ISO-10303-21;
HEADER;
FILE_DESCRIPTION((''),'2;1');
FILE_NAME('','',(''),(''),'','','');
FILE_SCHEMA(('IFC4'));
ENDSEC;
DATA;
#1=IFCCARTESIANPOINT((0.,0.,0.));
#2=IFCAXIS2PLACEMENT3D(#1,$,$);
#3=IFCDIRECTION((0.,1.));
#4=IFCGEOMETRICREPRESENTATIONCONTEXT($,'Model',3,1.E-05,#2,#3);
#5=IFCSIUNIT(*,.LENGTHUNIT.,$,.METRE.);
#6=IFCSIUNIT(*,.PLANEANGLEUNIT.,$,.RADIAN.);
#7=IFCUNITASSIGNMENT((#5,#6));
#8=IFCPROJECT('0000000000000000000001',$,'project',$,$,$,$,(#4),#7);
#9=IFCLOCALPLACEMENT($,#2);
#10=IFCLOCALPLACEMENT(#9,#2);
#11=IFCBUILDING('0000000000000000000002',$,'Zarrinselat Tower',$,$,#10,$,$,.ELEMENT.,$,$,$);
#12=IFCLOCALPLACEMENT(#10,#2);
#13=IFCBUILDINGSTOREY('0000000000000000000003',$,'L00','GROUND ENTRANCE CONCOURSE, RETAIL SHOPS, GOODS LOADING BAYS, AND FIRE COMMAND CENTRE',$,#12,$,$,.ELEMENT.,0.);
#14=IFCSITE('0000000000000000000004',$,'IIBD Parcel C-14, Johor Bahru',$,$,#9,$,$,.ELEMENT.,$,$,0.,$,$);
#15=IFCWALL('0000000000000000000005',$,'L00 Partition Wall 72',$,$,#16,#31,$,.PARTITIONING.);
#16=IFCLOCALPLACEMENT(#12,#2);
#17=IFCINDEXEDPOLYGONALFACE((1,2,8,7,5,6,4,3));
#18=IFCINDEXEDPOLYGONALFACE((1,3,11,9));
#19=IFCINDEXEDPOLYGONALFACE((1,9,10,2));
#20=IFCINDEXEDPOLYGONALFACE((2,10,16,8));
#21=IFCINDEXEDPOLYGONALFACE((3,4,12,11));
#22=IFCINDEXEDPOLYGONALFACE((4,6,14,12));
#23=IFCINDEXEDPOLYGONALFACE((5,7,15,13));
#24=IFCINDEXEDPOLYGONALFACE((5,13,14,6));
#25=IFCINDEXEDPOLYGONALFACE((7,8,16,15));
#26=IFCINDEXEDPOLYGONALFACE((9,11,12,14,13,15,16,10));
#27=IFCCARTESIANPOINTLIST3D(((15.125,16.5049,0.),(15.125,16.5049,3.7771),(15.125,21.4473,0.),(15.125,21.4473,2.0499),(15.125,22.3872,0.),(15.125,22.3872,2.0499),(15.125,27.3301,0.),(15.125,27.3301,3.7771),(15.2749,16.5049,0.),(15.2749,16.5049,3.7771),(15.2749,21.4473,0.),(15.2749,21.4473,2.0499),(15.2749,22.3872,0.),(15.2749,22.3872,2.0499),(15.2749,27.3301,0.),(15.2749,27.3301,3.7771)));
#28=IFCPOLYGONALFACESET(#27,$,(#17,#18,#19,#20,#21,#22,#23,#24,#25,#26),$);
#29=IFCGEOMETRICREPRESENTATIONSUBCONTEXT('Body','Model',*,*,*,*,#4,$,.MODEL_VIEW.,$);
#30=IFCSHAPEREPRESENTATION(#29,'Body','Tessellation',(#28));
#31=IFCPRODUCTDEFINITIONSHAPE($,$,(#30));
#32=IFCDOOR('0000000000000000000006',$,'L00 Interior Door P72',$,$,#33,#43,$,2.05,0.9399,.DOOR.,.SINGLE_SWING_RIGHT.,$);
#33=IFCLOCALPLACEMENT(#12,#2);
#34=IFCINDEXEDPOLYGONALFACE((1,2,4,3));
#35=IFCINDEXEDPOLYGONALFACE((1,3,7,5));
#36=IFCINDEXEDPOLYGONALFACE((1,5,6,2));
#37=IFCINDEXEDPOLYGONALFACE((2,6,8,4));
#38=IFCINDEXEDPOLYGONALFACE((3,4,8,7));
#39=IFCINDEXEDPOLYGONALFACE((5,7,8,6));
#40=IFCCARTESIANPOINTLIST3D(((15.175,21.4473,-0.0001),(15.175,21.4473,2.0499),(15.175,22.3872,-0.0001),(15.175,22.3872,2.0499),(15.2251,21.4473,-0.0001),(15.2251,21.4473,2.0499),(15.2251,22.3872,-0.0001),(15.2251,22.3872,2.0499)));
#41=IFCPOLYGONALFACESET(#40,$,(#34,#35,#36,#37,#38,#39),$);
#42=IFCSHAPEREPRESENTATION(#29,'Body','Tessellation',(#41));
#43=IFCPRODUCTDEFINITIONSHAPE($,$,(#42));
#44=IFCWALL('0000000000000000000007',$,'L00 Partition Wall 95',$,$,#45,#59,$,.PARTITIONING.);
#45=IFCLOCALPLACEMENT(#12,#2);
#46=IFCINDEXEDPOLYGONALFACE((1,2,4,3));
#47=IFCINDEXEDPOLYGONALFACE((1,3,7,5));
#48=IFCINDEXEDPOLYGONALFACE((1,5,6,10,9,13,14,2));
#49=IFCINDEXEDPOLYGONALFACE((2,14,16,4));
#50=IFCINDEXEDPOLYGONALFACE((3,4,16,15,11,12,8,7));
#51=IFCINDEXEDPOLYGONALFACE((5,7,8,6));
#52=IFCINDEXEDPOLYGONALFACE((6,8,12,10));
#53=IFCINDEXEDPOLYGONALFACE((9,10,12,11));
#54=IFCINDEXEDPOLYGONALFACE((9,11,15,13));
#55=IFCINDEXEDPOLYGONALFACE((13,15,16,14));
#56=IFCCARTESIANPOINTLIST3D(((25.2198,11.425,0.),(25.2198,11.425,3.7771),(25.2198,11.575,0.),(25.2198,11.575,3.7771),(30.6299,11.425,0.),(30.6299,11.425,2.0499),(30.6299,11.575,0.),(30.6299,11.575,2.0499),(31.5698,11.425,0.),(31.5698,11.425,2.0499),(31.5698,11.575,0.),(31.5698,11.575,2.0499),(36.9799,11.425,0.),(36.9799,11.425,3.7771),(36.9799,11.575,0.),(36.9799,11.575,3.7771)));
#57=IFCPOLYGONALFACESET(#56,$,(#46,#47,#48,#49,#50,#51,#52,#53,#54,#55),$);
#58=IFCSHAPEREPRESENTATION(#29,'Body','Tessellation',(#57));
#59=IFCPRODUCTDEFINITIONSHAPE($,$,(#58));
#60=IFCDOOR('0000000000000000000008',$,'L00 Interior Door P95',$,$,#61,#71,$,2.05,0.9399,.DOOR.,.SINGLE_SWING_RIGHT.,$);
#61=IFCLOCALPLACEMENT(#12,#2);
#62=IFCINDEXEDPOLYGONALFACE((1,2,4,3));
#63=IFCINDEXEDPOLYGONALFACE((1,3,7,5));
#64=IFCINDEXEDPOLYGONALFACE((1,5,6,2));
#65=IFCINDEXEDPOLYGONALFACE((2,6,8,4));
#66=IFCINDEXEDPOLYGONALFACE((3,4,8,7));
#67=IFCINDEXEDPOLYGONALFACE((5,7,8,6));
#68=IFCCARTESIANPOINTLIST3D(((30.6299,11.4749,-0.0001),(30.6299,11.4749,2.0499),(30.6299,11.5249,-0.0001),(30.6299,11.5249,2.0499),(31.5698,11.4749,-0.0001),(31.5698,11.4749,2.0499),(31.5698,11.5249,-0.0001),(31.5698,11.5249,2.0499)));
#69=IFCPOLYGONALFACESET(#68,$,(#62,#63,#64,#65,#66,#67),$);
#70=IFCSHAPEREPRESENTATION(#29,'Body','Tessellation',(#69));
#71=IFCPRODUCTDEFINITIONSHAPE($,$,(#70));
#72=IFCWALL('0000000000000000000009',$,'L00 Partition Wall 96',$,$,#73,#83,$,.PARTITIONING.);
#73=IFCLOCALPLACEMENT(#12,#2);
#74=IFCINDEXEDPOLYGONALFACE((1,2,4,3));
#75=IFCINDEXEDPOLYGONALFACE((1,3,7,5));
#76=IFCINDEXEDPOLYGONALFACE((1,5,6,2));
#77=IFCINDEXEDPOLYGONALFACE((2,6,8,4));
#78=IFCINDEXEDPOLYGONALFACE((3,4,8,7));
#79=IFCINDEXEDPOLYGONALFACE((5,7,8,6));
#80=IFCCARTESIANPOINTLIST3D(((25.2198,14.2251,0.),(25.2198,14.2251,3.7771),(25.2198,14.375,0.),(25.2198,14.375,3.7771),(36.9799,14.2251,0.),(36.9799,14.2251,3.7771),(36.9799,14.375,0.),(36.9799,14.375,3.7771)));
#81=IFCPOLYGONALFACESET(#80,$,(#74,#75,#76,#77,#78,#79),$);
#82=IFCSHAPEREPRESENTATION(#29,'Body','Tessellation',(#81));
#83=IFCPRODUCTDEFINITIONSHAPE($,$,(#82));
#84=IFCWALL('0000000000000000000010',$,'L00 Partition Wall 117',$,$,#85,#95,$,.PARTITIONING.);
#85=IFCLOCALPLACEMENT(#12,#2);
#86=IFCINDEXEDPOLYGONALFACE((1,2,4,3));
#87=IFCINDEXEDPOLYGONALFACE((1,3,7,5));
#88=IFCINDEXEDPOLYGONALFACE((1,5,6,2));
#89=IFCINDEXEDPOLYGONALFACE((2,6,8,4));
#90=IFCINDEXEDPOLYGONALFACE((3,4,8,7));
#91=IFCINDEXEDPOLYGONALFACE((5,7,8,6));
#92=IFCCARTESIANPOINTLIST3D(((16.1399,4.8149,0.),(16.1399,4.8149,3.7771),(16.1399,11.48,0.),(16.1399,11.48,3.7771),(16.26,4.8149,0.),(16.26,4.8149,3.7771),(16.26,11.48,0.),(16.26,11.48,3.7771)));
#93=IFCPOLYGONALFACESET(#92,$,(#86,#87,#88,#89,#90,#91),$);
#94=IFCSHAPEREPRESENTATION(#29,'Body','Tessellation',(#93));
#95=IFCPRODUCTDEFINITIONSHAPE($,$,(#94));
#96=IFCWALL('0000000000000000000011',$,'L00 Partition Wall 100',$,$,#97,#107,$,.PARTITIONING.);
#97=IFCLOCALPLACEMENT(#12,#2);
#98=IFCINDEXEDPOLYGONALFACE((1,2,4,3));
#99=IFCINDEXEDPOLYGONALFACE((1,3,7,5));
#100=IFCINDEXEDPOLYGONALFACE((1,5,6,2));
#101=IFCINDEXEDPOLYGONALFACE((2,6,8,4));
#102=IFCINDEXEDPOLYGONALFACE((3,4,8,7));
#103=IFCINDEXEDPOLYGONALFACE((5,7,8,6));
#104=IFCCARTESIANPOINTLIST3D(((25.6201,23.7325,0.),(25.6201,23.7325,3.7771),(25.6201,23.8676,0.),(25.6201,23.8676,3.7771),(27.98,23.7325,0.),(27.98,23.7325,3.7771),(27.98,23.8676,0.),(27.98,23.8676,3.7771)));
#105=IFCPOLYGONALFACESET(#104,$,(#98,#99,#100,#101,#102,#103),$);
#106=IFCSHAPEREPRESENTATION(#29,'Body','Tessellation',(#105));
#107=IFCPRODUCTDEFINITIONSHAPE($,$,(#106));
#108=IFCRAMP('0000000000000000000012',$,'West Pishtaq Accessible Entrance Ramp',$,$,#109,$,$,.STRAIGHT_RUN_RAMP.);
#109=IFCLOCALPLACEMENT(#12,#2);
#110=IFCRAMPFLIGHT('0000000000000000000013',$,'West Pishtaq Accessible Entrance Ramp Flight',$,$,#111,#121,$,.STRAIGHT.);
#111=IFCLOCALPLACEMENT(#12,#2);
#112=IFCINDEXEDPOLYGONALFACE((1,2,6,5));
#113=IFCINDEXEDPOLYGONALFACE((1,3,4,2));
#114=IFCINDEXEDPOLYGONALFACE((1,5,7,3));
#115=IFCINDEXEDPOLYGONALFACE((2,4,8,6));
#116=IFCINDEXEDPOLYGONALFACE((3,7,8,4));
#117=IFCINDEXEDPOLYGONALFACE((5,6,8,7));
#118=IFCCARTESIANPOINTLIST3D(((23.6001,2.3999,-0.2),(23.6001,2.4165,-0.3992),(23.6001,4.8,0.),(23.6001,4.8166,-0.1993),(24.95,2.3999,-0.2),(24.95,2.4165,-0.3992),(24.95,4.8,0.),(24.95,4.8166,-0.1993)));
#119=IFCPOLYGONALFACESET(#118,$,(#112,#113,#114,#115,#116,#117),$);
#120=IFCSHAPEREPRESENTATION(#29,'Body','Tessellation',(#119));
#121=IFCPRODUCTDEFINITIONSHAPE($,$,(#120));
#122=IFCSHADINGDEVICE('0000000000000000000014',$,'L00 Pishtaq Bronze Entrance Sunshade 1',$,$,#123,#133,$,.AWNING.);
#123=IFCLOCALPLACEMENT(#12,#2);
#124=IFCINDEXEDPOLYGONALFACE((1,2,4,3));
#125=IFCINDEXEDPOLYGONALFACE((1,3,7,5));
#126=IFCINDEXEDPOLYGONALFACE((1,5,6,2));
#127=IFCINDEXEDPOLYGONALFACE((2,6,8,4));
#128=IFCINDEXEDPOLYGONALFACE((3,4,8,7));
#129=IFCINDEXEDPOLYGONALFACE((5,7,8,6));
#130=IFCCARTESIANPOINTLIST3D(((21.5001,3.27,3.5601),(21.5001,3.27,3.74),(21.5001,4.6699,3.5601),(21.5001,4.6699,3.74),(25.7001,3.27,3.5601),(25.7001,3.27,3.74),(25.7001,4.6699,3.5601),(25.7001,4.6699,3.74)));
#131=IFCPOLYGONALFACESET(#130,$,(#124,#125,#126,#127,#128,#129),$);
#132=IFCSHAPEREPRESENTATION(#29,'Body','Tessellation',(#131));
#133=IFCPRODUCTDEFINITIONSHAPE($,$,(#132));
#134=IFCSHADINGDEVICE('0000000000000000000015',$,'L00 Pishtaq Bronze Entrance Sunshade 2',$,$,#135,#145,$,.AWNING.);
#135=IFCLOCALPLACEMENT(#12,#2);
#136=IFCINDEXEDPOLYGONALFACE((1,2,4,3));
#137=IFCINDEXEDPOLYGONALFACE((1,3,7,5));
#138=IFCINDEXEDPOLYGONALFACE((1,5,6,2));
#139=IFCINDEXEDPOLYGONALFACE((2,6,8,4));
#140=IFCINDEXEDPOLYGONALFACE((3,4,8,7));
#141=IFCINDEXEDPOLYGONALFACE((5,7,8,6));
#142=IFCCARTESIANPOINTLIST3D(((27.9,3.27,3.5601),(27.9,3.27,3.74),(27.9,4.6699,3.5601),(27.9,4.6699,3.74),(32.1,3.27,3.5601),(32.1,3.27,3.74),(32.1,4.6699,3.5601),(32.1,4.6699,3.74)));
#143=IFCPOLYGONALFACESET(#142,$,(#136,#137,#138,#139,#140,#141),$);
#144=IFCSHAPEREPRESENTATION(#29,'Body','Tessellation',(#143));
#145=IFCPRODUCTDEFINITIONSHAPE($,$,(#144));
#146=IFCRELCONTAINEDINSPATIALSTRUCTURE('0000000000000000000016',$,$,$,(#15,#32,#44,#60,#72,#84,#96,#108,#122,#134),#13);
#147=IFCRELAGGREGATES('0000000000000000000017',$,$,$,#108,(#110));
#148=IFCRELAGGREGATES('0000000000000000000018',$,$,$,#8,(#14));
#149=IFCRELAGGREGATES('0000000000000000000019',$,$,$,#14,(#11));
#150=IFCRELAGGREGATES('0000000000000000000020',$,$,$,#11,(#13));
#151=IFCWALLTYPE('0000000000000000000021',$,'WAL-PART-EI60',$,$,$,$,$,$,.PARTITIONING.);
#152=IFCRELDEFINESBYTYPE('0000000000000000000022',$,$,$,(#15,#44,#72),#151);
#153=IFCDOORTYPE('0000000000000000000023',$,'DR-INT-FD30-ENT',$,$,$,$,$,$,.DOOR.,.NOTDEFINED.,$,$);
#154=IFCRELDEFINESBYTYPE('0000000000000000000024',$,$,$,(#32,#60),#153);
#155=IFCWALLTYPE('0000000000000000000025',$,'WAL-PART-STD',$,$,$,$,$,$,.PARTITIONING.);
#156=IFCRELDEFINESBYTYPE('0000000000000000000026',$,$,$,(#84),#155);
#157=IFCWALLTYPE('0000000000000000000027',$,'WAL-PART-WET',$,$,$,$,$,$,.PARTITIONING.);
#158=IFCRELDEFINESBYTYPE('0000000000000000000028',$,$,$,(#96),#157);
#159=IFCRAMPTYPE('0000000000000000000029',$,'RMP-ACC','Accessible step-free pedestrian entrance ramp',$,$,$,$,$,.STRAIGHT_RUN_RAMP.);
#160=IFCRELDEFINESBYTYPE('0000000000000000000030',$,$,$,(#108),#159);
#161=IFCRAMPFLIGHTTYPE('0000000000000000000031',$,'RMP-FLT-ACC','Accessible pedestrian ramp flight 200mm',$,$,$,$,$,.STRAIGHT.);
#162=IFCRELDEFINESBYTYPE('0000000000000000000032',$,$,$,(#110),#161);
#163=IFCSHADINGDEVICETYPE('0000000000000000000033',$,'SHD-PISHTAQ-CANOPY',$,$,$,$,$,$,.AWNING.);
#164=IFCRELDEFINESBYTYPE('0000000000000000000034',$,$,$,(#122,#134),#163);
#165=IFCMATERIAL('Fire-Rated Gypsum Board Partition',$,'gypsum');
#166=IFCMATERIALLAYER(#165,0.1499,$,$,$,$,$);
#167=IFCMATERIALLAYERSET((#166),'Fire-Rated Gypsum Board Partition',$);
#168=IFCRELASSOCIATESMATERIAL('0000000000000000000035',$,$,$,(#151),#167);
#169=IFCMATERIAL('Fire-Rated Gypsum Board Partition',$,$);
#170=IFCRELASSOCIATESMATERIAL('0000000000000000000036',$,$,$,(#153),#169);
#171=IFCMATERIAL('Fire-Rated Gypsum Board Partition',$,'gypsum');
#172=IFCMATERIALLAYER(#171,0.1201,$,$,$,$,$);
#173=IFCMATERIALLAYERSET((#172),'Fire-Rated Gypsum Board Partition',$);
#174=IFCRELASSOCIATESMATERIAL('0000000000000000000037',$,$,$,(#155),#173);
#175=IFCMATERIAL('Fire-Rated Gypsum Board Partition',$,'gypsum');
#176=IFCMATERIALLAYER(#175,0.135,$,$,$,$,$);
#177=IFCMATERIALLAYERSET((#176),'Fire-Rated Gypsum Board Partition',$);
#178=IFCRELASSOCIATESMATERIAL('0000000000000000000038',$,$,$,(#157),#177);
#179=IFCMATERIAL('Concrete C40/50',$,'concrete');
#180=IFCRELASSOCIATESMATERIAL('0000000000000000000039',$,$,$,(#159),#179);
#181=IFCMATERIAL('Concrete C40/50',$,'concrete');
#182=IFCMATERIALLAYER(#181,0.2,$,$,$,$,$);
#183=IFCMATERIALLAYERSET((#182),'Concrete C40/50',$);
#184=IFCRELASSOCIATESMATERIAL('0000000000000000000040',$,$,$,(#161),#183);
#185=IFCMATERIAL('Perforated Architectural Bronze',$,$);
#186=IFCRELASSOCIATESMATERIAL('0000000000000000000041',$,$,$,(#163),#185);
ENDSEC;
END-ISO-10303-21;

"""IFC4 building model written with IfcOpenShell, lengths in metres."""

from ifc_helpers import new_model, si_unit, direction, frame, frame_2d, origin, origin_2d, place, context, subcontext, project, spatial, polyline, rectangle, outline, extrude, material, layer, layer_set, type_object, element, fill, aggregate, save


model = new_model("IFC4")

# Units and contexts
model_context = context("Model", 3, precision=1e-05, world=origin(), true_north=direction((0.0, 1.0)))
body_context = subcontext(model_context, "Body", "Model", "MODEL_VIEW")
ifc_project = project(units=[si_unit("LENGTHUNIT", "METRE"), si_unit("PLANEANGLEUNIT", "RADIAN")], contexts=[model_context])

# Site, building, storey
site_placement = place(None, origin())
site = spatial("IfcSite", under=ifc_project, at=site_placement, Name="IIBD Parcel C-14, Johor Bahru", CompositionType="ELEMENT", RefElevation=0.0)
building_placement = place(site_placement, origin())
building = spatial("IfcBuilding", under=site, at=building_placement, Name="Zarrinselat Tower", CompositionType="ELEMENT")
storey_placement = place(building_placement, origin())
storey = spatial("IfcBuildingStorey", under=building, at=storey_placement, Name="L00", Description="GROUND ENTRANCE CONCOURSE, RETAIL SHOPS, GOODS LOADING BAYS, AND FIRE COMMAND CENTRE", CompositionType="ELEMENT", Elevation=0.0)

# Shared definitions
ifc_material_1 = material(Name="Fire-Rated Gypsum Board Partition", Category="gypsum")
ifc_layer_1 = layer(ifc_material_1, 0.1499)
ifc_layer_set_1 = layer_set([ifc_layer_1], Name="Fire-Rated Gypsum Board Partition")
wall_type_1 = type_object("IfcWallType", Name="WAL-PART-EI60", PredefinedType="PARTITIONING", material=ifc_layer_set_1)

# Shared definitions
ifc_material_2 = material(Name="Fire-Rated Gypsum Board Partition")
door_type = type_object("IfcDoorType", Name="DR-INT-FD30-ENT", OperationType="NOTDEFINED", PredefinedType="DOOR", material=ifc_material_2)

# Walls, openings, doors
wall_1_placement = place(storey_placement, frame((15.2, 16.5049, 0.0), z_axis=(0.0, 0.0, 1.0), x_axis=(0.0, 1.0, 0.0)))
wall_1 = element("IfcWall", 1, at=wall_1_placement, inside=storey, type_object=wall_type_1, Name="L00 Partition Wall 72", PredefinedType="PARTITIONING", context=body_context, shape_type="SweptSolid", body=[
    extrude(rectangle(XDim=10.8252, YDim=0.1499, at=frame_2d((5.4126, 0.0))), origin(), (0.0, 0.0, 1.0), 3.7771),
])
opening_1_placement = place(wall_1_placement, frame((4.9424, 0.0, 0.0)))
opening_1 = element("IfcOpeningElement", 2, at=opening_1_placement, cuts=wall_1, PredefinedType="OPENING", context=body_context, shape_type="SweptSolid", body=[
    extrude(rectangle(XDim=0.9399, YDim=2.05, at=frame_2d((0.47, 1.0249))), frame((0.0, 0.085, 0.0), z_axis=(0.0, -1.0, 0.0), x_axis=(1.0, 0.0, 0.0)), (0.0, 0.0, 1.0), 0.1699),
])
door_1_placement = place(opening_1_placement, origin())
door_1 = element("IfcDoor", 3, at=door_1_placement, inside=storey, type_object=door_type, Name="L00 Interior Door P72", OperationType="SINGLE_SWING_RIGHT", OverallHeight=2.05, OverallWidth=0.9399, PredefinedType="DOOR", context=body_context, shape_type="SweptSolid", body=[
    extrude(rectangle(XDim=0.9399, YDim=2.05, at=frame_2d((0.47, 1.0249))), frame((0.0, 0.0249, 0.0), z_axis=(0.0, -1.0, 0.0), x_axis=(1.0, 0.0, 0.0)), (0.0, 0.0, 1.0), 0.05),
])
fill(opening_1, door_1)
wall_2_placement = place(storey_placement, frame((25.22, 11.5, 0.0), z_axis=(0.0, 0.0, 1.0), x_axis=(1.0, 0.0, 0.0)))
wall_2 = element("IfcWall", 4, at=wall_2_placement, inside=storey, type_object=wall_type_1, Name="L00 Partition Wall 95", PredefinedType="PARTITIONING", context=body_context, shape_type="SweptSolid", body=[
    extrude(rectangle(XDim=11.76, YDim=0.1499, at=frame_2d((5.8799, 0.0))), origin(), (0.0, 0.0, 1.0), 3.7771),
])
opening_2_placement = place(wall_2_placement, frame((5.4099, 0.0, 0.0)))
opening_2 = element("IfcOpeningElement", 5, at=opening_2_placement, cuts=wall_2, PredefinedType="OPENING", context=body_context, shape_type="SweptSolid", body=[
    extrude(rectangle(XDim=0.9399, YDim=2.05, at=frame_2d((0.47, 1.0249))), frame((0.0, 0.085, 0.0), z_axis=(0.0, -1.0, 0.0), x_axis=(1.0, 0.0, 0.0)), (0.0, 0.0, 1.0), 0.1699),
])
door_2_placement = place(opening_2_placement, origin())
door_2 = element("IfcDoor", 6, at=door_2_placement, inside=storey, type_object=door_type, Name="L00 Interior Door P95", OperationType="SINGLE_SWING_RIGHT", OverallHeight=2.05, OverallWidth=0.9399, PredefinedType="DOOR", context=body_context, shape_type="SweptSolid", body=[
    extrude(rectangle(XDim=0.9399, YDim=2.05, at=frame_2d((0.47, 1.0249))), frame((0.0, 0.0249, 0.0), z_axis=(0.0, -1.0, 0.0), x_axis=(1.0, 0.0, 0.0)), (0.0, 0.0, 1.0), 0.05),
])
fill(opening_2, door_2)

# Walls
wall_3_placement = place(storey_placement, frame((25.22, 14.3, 0.0), z_axis=(0.0, 0.0, 1.0), x_axis=(1.0, 0.0, 0.0)))
element("IfcWall", 7, at=wall_3_placement, inside=storey, type_object=wall_type_1, Name="L00 Partition Wall 96", PredefinedType="PARTITIONING", context=body_context, shape_type="SweptSolid", body=[
    extrude(rectangle(XDim=11.76, YDim=0.1499, at=frame_2d((5.8799, 0.0))), origin(), (0.0, 0.0, 1.0), 3.7771),
])
ifc_material_3 = material(Name="Fire-Rated Gypsum Board Partition", Category="gypsum")
ifc_layer_2 = layer(ifc_material_3, 0.1201)
ifc_layer_set_2 = layer_set([ifc_layer_2], Name="Fire-Rated Gypsum Board Partition")
wall_type_2 = type_object("IfcWallType", Name="WAL-PART-STD", PredefinedType="PARTITIONING", material=ifc_layer_set_2)
wall_4_placement = place(storey_placement, frame((16.2, 4.8149, 0.0), z_axis=(0.0, 0.0, 1.0), x_axis=(0.0, 1.0, 0.0)))
element("IfcWall", 8, at=wall_4_placement, inside=storey, type_object=wall_type_2, Name="L00 Partition Wall 117", PredefinedType="PARTITIONING", context=body_context, shape_type="SweptSolid", body=[
    extrude(rectangle(XDim=6.665, YDim=0.1201, at=frame_2d((3.3325, 0.0))), origin(), (0.0, 0.0, 1.0), 3.7771),
])
ifc_material_4 = material(Name="Fire-Rated Gypsum Board Partition", Category="gypsum")
ifc_layer_3 = layer(ifc_material_4, 0.135)
ifc_layer_set_3 = layer_set([ifc_layer_3], Name="Fire-Rated Gypsum Board Partition")
wall_type_3 = type_object("IfcWallType", Name="WAL-PART-WET", PredefinedType="PARTITIONING", material=ifc_layer_set_3)
wall_5_placement = place(storey_placement, frame((25.6201, 23.8, 0.0), z_axis=(0.0, 0.0, 1.0), x_axis=(1.0, 0.0, 0.0)))
element("IfcWall", 9, at=wall_5_placement, inside=storey, type_object=wall_type_3, Name="L00 Partition Wall 100", PredefinedType="PARTITIONING", context=body_context, shape_type="SweptSolid", body=[
    extrude(rectangle(XDim=2.3599, YDim=0.135, at=frame_2d((1.1799, 0.0))), origin(), (0.0, 0.0, 1.0), 3.7771),
])

# Ramp, ramp flight
ifc_material_5 = material(Name="Concrete C40/50", Category="concrete")
ramp_type = type_object("IfcRampType", Name="RMP-ACC", Description="Accessible step-free pedestrian entrance ramp", PredefinedType="STRAIGHT_RUN_RAMP", material=ifc_material_5)
ramp_placement = place(storey_placement, origin())
ramp = element("IfcRamp", 10, at=ramp_placement, inside=storey, type_object=ramp_type, Name="West Pishtaq Accessible Entrance Ramp", PredefinedType="STRAIGHT_RUN_RAMP")
ifc_material_6 = material(Name="Concrete C40/50", Category="concrete")
ifc_layer_4 = layer(ifc_material_6, 0.2)
ifc_layer_set_4 = layer_set([ifc_layer_4], Name="Concrete C40/50")
ramp_flight_type = type_object("IfcRampFlightType", Name="RMP-FLT-ACC", Description="Accessible pedestrian ramp flight 200mm", PredefinedType="STRAIGHT", material=ifc_layer_set_4)
ramp_flight_placement = place(storey_placement, frame((23.6001, 2.3999, -0.2), z_axis=(0.0, -0.08302, 0.996548), x_axis=(1.0, 0.0, 0.0)))
ramp_flight = element("IfcRampFlight", 11, at=ramp_flight_placement, type_object=ramp_flight_type, Name="West Pishtaq Accessible Entrance Ramp Flight", PredefinedType="STRAIGHT", context=body_context, shape_type="SweptSolid", body=[
    extrude(outline(polyline([(0.0, 0.0), (1.3499, 0.0), (1.3499, 2.4085), (0.0, 2.4085), (0.0, 0.0)])), origin(), (0.0, 0.0, -1.0), 0.2),
])
aggregate(ramp, [ramp_flight])

# Shading devices
ifc_material_7 = material(Name="Perforated Architectural Bronze")
shading_device_type = type_object("IfcShadingDeviceType", Name="SHD-PISHTAQ-CANOPY", PredefinedType="AWNING", material=ifc_material_7)
for number, where, z_axis, x_axis, name in (
    (12, (23.6001, 3.97, 3.5601), (0.0, 0.0, 1.0), (1.0, 0.0, 0.0), "L00 Pishtaq Bronze Entrance Sunshade 1"),
    (13, (30.0, 3.97, 3.5601), (0.0, 0.0, 1.0), (1.0, 0.0, 0.0), "L00 Pishtaq Bronze Entrance Sunshade 2"),
):
    element("IfcShadingDevice", number, at=place(storey_placement, frame(where, z_axis=z_axis, x_axis=x_axis)), inside=storey, type_object=shading_device_type, Name=name, PredefinedType="AWNING", context=body_context, shape_type="SweptSolid", body=[
        extrude(rectangle(XDim=4.2, YDim=1.3999, at=origin_2d()), origin(), (0.0, 0.0, 1.0), 0.1799),
    ])

save(model, "model.ifc")
